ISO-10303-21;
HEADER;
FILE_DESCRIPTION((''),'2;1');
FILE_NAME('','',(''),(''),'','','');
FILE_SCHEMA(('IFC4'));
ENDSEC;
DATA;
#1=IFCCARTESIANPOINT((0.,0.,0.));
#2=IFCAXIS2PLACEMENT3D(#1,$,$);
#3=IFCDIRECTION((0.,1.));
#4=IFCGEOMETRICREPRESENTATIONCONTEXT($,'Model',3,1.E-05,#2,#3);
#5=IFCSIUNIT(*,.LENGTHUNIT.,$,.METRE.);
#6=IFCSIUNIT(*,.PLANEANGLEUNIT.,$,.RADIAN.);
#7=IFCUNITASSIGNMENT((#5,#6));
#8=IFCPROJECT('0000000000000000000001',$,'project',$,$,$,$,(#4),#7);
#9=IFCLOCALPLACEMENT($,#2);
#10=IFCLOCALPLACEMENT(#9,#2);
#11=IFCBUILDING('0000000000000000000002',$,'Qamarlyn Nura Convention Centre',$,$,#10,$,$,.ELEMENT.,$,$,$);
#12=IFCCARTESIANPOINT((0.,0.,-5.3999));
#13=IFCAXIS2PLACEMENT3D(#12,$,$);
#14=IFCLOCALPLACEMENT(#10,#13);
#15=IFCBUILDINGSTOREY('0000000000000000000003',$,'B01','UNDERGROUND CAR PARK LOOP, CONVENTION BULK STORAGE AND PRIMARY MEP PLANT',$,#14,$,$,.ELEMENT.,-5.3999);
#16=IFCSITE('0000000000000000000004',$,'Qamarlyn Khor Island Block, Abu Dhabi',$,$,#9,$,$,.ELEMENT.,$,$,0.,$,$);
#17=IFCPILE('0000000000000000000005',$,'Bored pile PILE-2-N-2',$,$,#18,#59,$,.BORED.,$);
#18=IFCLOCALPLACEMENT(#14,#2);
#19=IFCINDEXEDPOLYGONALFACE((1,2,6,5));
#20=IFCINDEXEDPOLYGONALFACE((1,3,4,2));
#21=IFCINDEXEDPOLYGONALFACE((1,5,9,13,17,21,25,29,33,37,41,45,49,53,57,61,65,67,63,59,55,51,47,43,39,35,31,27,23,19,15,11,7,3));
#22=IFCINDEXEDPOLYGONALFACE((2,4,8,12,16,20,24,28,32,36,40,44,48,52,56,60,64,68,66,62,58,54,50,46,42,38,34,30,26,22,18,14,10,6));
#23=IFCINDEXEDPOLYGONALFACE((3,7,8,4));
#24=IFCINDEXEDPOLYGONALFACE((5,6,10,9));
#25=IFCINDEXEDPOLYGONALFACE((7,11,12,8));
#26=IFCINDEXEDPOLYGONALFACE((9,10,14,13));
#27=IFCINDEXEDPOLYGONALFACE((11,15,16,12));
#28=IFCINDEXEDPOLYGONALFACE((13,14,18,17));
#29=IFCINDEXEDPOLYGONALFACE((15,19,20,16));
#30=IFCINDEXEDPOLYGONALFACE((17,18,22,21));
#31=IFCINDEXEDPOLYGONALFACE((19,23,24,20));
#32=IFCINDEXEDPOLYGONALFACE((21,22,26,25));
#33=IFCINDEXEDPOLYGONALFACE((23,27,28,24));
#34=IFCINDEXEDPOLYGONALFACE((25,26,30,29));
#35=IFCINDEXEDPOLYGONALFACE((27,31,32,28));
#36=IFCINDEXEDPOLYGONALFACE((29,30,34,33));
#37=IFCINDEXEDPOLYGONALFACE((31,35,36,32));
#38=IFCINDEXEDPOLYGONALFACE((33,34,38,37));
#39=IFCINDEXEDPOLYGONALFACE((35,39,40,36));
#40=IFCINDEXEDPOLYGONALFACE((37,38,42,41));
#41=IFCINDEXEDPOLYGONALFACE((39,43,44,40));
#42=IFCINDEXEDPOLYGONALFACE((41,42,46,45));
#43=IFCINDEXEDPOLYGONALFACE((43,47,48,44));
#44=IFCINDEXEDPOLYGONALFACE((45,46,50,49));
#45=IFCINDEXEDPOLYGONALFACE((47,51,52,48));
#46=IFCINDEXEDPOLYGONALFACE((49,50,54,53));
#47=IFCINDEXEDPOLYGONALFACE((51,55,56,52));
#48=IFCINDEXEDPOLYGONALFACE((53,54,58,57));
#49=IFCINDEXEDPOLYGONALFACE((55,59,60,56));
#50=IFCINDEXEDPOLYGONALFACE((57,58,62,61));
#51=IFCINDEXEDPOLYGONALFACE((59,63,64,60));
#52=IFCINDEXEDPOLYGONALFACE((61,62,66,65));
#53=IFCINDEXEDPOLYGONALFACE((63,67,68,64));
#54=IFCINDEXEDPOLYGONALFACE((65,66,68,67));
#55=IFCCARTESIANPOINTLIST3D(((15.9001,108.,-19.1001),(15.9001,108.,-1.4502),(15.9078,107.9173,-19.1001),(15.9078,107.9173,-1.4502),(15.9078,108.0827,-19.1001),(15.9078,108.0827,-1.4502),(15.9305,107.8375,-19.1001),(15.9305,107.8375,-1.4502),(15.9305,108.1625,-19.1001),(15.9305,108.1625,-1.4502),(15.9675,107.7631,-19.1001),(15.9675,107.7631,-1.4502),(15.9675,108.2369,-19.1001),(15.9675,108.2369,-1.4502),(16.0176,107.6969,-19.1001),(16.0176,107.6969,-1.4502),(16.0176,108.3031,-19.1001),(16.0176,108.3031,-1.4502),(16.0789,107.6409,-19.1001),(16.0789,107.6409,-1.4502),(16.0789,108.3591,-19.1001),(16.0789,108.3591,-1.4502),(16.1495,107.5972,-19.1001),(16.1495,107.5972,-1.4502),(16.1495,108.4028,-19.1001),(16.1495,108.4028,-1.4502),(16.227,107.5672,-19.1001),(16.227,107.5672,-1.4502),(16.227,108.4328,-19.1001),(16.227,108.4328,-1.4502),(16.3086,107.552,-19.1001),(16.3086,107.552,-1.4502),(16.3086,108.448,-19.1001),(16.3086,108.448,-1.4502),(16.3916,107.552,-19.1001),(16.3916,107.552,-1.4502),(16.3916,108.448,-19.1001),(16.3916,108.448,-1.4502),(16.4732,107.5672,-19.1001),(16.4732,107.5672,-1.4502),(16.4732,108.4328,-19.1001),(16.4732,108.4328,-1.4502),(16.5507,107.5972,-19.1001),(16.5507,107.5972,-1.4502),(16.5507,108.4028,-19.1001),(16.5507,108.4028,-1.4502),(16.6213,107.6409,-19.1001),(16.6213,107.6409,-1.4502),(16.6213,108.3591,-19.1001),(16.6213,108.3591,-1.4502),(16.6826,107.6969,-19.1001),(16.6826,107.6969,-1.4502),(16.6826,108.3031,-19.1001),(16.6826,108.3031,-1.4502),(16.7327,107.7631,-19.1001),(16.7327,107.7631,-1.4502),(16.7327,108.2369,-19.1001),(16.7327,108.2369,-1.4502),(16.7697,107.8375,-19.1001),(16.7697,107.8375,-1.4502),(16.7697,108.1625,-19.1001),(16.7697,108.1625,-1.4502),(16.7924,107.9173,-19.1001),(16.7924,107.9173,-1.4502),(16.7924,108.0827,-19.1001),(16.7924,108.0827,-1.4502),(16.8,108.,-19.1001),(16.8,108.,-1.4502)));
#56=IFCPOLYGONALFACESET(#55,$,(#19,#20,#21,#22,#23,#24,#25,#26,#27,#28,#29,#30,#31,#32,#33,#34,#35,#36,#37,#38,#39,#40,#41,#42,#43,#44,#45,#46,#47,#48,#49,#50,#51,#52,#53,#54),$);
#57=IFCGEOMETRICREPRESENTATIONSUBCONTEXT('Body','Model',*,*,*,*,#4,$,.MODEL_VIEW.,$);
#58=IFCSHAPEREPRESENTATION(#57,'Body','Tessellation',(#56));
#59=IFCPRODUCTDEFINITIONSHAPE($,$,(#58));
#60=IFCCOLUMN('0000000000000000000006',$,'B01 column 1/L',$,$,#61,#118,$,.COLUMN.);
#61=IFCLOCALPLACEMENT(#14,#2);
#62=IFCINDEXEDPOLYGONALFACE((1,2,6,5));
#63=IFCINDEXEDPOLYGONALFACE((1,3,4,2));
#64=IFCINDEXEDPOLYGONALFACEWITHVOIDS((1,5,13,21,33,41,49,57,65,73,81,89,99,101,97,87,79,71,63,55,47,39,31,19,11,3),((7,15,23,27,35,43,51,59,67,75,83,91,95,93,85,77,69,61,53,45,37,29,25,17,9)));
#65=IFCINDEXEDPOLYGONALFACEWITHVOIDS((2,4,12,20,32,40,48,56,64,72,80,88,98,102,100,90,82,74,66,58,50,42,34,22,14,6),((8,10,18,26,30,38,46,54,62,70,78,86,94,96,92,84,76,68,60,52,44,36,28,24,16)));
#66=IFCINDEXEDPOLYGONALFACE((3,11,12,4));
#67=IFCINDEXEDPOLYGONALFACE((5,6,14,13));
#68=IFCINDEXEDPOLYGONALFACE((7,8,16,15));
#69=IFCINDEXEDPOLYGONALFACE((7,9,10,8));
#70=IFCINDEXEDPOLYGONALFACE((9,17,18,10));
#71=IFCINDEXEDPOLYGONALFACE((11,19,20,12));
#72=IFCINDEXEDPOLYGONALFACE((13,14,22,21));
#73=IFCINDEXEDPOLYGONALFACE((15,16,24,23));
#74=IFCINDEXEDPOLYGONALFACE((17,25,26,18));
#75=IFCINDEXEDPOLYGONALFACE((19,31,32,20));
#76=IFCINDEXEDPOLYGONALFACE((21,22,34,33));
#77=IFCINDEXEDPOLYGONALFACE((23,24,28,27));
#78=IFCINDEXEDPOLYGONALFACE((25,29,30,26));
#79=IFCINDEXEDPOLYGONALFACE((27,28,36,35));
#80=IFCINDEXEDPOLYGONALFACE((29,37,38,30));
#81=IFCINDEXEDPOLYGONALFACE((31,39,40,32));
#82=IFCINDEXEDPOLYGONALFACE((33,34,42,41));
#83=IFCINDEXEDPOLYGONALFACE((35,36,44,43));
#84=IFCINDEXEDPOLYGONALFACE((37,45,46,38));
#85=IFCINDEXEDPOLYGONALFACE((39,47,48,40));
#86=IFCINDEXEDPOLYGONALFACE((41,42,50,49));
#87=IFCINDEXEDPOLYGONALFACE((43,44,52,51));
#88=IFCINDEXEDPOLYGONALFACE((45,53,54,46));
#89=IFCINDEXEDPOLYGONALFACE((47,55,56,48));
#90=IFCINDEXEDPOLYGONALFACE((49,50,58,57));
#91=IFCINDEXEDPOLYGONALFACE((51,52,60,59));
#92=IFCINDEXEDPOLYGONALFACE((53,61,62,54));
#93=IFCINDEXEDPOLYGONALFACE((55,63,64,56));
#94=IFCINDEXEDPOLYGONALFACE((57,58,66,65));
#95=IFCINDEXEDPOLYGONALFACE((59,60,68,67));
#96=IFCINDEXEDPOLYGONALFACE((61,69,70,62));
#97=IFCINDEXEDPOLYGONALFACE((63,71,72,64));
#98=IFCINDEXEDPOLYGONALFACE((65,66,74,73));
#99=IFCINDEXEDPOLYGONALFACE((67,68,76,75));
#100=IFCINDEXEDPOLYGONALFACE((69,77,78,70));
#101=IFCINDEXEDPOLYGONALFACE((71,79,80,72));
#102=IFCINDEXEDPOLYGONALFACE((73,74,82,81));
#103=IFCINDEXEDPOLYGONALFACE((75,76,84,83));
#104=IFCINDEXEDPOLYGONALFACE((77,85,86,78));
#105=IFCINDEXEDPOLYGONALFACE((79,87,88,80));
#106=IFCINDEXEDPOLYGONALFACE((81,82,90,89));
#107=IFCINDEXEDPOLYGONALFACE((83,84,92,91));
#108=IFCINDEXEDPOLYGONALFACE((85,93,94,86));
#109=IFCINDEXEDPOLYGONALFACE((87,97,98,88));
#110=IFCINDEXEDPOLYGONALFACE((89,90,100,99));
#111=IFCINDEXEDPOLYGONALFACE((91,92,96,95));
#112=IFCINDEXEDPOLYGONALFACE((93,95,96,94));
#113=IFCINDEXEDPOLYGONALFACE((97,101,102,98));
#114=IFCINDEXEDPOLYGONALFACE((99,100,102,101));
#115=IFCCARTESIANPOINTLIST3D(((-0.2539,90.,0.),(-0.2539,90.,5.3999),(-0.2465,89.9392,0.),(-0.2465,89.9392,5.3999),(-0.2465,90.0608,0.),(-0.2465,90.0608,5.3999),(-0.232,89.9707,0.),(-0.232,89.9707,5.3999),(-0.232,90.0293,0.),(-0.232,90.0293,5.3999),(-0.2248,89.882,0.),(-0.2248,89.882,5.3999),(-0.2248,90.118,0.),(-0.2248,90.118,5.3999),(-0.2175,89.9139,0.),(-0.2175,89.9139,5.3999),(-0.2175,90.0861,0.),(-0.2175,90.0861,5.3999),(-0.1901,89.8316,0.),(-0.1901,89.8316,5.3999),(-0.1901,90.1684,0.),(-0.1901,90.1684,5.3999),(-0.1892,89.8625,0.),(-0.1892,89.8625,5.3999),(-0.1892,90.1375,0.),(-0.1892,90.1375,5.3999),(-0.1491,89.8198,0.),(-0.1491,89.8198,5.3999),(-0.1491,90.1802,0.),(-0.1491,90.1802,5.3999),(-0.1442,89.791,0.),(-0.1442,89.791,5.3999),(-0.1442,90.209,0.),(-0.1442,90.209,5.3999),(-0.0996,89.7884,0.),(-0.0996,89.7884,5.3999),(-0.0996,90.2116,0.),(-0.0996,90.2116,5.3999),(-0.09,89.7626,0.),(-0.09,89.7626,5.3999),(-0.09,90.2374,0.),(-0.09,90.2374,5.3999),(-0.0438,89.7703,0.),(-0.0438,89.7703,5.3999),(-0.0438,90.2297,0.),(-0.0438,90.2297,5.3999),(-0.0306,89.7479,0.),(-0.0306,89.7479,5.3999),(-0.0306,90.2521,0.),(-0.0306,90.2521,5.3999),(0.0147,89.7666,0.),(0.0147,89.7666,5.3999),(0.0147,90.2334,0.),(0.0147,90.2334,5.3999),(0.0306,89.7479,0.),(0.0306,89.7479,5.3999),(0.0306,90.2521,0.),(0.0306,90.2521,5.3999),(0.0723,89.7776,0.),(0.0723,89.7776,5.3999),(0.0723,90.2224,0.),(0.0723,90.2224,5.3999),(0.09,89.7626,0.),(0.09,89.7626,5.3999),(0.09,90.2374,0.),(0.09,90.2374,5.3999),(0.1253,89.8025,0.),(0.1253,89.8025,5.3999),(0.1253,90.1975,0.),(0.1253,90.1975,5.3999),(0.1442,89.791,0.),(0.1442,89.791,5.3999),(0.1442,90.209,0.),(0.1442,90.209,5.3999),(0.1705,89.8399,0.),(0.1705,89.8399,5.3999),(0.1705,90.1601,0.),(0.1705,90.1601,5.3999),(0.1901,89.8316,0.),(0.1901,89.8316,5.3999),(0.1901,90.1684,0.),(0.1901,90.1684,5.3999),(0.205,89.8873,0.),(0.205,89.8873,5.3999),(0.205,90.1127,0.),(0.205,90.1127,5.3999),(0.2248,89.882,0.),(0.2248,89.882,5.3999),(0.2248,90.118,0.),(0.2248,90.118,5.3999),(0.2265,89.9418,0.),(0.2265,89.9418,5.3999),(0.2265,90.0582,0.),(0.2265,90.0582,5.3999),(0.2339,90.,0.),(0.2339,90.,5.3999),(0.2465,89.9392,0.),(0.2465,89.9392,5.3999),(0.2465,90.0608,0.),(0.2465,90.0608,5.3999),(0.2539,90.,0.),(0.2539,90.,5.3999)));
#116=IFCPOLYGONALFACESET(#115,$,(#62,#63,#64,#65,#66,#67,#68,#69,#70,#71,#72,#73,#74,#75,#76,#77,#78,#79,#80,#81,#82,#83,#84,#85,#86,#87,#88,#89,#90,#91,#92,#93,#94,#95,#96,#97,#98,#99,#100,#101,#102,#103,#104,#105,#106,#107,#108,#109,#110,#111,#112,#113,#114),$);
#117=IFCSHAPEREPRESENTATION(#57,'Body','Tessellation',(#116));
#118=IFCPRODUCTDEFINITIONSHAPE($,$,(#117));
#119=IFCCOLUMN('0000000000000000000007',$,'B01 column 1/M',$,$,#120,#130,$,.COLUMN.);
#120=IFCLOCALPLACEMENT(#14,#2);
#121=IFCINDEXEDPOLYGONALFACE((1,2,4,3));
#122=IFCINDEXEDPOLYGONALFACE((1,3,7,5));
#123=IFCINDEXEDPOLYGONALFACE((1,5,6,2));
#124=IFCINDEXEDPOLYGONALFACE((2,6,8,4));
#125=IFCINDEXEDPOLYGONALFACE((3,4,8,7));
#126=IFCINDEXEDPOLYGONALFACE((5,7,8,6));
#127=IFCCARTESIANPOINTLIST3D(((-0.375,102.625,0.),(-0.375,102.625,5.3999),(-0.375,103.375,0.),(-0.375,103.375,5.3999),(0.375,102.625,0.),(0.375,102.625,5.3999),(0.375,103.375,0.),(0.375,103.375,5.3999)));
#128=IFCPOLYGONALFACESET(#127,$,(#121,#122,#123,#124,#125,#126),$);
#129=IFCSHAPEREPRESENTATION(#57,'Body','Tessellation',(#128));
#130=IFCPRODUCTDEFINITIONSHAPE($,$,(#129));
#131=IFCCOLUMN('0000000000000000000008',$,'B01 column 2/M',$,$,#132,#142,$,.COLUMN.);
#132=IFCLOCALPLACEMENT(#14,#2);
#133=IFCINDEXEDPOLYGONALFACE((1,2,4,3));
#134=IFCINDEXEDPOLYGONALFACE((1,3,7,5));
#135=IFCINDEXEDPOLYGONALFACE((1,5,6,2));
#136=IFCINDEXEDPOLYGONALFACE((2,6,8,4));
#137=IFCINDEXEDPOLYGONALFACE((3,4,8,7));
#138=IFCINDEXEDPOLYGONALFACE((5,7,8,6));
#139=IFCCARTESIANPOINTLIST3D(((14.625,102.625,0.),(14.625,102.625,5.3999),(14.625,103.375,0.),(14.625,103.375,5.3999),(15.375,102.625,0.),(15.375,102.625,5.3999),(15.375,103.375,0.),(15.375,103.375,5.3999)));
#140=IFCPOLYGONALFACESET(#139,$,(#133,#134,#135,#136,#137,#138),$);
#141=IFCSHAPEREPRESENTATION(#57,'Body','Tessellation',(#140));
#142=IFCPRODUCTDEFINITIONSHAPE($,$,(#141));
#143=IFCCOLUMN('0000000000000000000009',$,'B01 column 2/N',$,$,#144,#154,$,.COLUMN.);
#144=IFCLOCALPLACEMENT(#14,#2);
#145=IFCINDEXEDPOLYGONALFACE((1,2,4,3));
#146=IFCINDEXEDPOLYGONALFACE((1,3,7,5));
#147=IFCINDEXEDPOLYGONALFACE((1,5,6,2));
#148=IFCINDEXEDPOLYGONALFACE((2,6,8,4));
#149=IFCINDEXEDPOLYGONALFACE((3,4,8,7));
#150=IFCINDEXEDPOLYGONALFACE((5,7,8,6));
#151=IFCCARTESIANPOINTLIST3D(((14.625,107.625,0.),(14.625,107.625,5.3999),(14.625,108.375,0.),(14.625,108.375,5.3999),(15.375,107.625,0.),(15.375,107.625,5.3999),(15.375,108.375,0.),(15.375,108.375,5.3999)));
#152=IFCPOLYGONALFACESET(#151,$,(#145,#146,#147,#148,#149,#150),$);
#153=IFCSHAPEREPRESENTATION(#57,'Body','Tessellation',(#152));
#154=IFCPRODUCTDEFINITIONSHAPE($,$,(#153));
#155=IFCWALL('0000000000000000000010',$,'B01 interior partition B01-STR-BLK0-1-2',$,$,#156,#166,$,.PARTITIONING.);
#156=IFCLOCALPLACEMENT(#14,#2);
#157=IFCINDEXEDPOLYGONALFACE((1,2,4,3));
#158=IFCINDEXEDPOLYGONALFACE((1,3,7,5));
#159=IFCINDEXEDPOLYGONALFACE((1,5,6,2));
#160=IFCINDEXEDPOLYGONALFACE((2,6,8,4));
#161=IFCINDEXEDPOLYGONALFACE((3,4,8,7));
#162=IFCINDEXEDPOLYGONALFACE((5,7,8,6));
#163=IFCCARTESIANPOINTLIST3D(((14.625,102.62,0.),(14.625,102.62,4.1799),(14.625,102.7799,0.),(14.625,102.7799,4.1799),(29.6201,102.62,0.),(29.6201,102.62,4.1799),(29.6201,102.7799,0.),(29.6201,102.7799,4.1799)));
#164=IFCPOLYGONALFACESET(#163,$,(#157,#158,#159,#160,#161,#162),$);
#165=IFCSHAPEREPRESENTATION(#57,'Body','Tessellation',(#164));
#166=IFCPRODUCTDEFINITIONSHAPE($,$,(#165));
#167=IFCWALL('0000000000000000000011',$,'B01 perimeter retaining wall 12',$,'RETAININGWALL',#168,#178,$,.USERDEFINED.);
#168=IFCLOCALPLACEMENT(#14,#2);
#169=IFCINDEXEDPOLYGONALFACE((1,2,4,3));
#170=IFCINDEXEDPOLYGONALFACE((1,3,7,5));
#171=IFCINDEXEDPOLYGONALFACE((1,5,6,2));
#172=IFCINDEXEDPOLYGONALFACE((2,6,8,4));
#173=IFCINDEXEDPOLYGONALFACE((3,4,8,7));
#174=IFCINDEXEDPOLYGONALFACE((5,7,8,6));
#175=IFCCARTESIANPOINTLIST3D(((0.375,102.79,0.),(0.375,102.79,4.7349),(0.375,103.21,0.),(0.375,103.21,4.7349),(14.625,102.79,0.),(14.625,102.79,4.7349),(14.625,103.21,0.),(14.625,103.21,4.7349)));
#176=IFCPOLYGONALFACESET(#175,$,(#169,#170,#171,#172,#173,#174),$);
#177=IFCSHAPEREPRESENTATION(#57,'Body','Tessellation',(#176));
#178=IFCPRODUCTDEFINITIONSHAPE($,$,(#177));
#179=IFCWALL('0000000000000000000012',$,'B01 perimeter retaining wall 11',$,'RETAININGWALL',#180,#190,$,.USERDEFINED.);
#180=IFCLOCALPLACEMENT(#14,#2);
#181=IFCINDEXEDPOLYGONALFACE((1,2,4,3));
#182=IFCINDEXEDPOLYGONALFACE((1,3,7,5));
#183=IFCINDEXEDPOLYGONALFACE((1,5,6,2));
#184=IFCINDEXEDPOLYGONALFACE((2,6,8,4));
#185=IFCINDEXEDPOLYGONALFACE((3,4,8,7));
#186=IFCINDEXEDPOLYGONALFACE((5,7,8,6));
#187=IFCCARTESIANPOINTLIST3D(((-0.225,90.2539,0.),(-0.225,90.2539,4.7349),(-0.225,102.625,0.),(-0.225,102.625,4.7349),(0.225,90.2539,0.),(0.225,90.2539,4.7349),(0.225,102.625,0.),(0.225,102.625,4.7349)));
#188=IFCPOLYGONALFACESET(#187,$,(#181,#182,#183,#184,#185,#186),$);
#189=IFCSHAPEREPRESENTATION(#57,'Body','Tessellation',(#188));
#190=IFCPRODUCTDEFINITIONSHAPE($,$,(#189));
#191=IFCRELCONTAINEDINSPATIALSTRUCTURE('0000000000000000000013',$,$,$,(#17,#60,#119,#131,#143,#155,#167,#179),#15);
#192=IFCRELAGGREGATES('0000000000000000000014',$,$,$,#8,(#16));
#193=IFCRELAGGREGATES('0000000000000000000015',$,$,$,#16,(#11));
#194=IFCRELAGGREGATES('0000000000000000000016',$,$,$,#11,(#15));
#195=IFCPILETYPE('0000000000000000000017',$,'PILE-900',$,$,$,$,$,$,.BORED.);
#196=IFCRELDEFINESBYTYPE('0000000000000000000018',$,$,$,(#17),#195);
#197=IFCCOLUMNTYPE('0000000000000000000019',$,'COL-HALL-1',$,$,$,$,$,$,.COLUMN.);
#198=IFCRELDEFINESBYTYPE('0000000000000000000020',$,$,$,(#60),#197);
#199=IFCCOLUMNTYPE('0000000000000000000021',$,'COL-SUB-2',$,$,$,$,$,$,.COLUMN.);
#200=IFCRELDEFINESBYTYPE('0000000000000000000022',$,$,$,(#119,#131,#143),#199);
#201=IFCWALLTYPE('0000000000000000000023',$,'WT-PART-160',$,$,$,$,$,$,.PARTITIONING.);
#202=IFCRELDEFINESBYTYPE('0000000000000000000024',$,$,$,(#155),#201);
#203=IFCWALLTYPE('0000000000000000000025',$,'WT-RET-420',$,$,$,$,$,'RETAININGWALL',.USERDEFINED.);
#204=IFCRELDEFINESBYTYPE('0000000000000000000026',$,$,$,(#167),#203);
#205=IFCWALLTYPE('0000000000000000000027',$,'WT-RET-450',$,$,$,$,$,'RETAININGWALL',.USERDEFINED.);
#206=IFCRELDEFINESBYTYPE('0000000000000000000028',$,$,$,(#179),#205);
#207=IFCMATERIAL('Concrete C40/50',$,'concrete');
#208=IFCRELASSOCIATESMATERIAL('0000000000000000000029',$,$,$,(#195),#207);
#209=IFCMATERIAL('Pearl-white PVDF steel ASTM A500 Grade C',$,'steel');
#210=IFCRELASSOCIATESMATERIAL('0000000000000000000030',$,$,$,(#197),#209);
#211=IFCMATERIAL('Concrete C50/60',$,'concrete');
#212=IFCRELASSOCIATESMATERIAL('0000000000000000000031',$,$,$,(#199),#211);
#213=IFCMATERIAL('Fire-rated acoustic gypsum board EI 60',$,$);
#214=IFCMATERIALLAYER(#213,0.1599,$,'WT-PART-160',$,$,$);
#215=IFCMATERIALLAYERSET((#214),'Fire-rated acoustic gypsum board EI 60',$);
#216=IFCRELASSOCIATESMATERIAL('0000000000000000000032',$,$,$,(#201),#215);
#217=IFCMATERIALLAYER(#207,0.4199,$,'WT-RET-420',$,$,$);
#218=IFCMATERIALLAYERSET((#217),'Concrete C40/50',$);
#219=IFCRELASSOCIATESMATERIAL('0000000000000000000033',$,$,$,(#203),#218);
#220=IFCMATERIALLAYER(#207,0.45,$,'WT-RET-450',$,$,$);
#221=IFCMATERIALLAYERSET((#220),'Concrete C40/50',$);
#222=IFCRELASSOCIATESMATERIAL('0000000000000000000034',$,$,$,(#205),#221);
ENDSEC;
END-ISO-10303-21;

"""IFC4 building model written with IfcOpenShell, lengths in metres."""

from ifc_helpers import new_model, si_unit, direction, frame, frame_2d, origin, origin_2d, place, context, subcontext, project, spatial, rectangle, circle, hollow_circle, extrude, material, layer, layer_set, material_profile, profile_set, type_object, element, save


model = new_model("IFC4")

# Units and contexts
model_context = context("Model", 3, precision=1e-05, world=origin(), true_north=direction((0.0, 1.0)))
body_context = subcontext(model_context, "Body", "Model", "MODEL_VIEW")
ifc_project = project(units=[si_unit("LENGTHUNIT", "METRE"), si_unit("PLANEANGLEUNIT", "RADIAN")], contexts=[model_context])

# Site, building, storey
site_placement = place(None, origin())
site = spatial("IfcSite", under=ifc_project, at=site_placement, Name="Qamarlyn Khor Island Block, Abu Dhabi", CompositionType="ELEMENT", RefElevation=0.0)
building_placement = place(site_placement, origin())
building = spatial("IfcBuilding", under=site, at=building_placement, Name="Qamarlyn Nura Convention Centre", CompositionType="ELEMENT")
storey_placement = place(building_placement, frame((0.0, 0.0, -5.3999)))
storey = spatial("IfcBuildingStorey", under=building, at=storey_placement, Name="B01", Description="UNDERGROUND CAR PARK LOOP, CONVENTION BULK STORAGE AND PRIMARY MEP PLANT", CompositionType="ELEMENT", Elevation=-5.3999)

# Shared definitions
ifc_material_1 = material(Name="Concrete C40/50", Category="concrete")

# Pile
ifc_material_profile_1 = material_profile(ifc_material_1, circle(Radius=0.45, at=origin_2d()), Name="BORED PILE 900")
ifc_profile_set_1 = profile_set([ifc_material_profile_1], Name="Concrete C40/50")
pile_type_1 = type_object("IfcPileType", Name="PILE-900", PredefinedType="BORED", material=ifc_profile_set_1)
for number, where, z_axis, x_axis, name in (
    (1, (16.3501, 108.0, -1.4502), (0.0, 0.0, -1.0), (1.0, 0.0, 0.0), "Bored pile PILE-2-N-2"),
):
    element("IfcPile", number, at=place(storey_placement, frame(where, z_axis=z_axis, x_axis=x_axis)), inside=storey, type_object=pile_type_1, Name=name, PredefinedType="BORED", context=body_context, shape_type="SweptSolid", body=[
        extrude(circle(Radius=0.45, at=origin_2d()), origin(), (0.0, 0.0, 1.0), 17.6499),
    ])

# Columns
ifc_material_2 = material(Name="Pearl-white PVDF steel ASTM A500 Grade C", Category="steel")
ifc_material_profile_2 = material_profile(ifc_material_2, hollow_circle(Radius=0.2539, WallThickness=0.02, at=origin_2d()), Name="CHS508X20")
ifc_profile_set_2 = profile_set([ifc_material_profile_2], Name="Pearl-white PVDF steel ASTM A500 Grade C")
column_type_1 = type_object("IfcColumnType", Name="COL-HALL-1", PredefinedType="COLUMN", material=ifc_profile_set_2)
column_placement = place(storey_placement, frame((0.0, 90.0, 0.0), z_axis=(0.0, 0.0, 1.0), x_axis=(1.0, 0.0, 0.0)))
element("IfcColumn", 2, at=column_placement, inside=storey, type_object=column_type_1, Name="B01 column 1/L", PredefinedType="COLUMN", context=body_context, shape_type="SweptSolid", body=[
    extrude(hollow_circle(Radius=0.2539, WallThickness=0.02, at=origin_2d()), origin(), (0.0, 0.0, 1.0), 5.3999),
])
ifc_material_3 = material(Name="Concrete C50/60", Category="concrete")
ifc_material_profile_3 = material_profile(ifc_material_3, rectangle(XDim=0.75, YDim=0.75, at=origin_2d()), Name="RC 750x750")
ifc_profile_set_3 = profile_set([ifc_material_profile_3], Name="Concrete C50/60")
column_type_2 = type_object("IfcColumnType", Name="COL-SUB-2", PredefinedType="COLUMN", material=ifc_profile_set_3)
for number, where, z_axis, x_axis, name in (
    (3, (0.0, 103.0, 0.0), (0.0, 0.0, 1.0), (1.0, 0.0, 0.0), "B01 column 1/M"),
    (4, (15.0, 103.0, 0.0), (0.0, 0.0, 1.0), (1.0, 0.0, 0.0), "B01 column 2/M"),
    (5, (15.0, 108.0, 0.0), (0.0, 0.0, 1.0), (1.0, 0.0, 0.0), "B01 column 2/N"),
):
    element("IfcColumn", number, at=place(storey_placement, frame(where, z_axis=z_axis, x_axis=x_axis)), inside=storey, type_object=column_type_2, Name=name, PredefinedType="COLUMN", context=body_context, shape_type="SweptSolid", body=[
        extrude(rectangle(XDim=0.75, YDim=0.75, at=origin_2d()), origin(), (0.0, 0.0, 1.0), 5.3999),
    ])

# Walls
ifc_material_4 = material(Name="Fire-rated acoustic gypsum board EI 60")
ifc_layer_1 = layer(ifc_material_4, 0.1599, Name="WT-PART-160")
ifc_layer_set_1 = layer_set([ifc_layer_1], Name="Fire-rated acoustic gypsum board EI 60")
wall_type_1 = type_object("IfcWallType", Name="WT-PART-160", PredefinedType="PARTITIONING", material=ifc_layer_set_1)
wall_1_placement = place(storey_placement, frame((14.625, 102.7, 0.0), z_axis=(0.0, 0.0, 1.0), x_axis=(1.0, 0.0, 0.0)))
element("IfcWall", 6, at=wall_1_placement, inside=storey, type_object=wall_type_1, Name="B01 interior partition B01-STR-BLK0-1-2", PredefinedType="PARTITIONING", context=body_context, shape_type="SweptSolid", body=[
    extrude(rectangle(XDim=14.9951, YDim=0.1599, at=frame_2d((7.4976, 0.0))), origin(), (0.0, 0.0, 1.0), 4.1799),
])
ifc_layer_2 = layer(ifc_material_1, 0.4199, Name="WT-RET-420")
ifc_layer_set_2 = layer_set([ifc_layer_2], Name="Concrete C40/50")
wall_type_2 = type_object("IfcWallType", Name="WT-RET-420", ElementType="RETAININGWALL", PredefinedType="USERDEFINED", material=ifc_layer_set_2)
wall_2_placement = place(storey_placement, frame((0.375, 103.0, 0.0), z_axis=(0.0, 0.0, 1.0), x_axis=(1.0, 0.0, 0.0)))
element("IfcWall", 7, at=wall_2_placement, inside=storey, type_object=wall_type_2, Name="B01 perimeter retaining wall 12", ObjectType="RETAININGWALL", PredefinedType="USERDEFINED", context=body_context, shape_type="SweptSolid", body=[
    extrude(rectangle(XDim=14.25, YDim=0.4199, at=frame_2d((7.125, 0.0))), origin(), (0.0, 0.0, 1.0), 4.7349),
])
ifc_layer_3 = layer(ifc_material_1, 0.45, Name="WT-RET-450")
ifc_layer_set_3 = layer_set([ifc_layer_3], Name="Concrete C40/50")
wall_type_3 = type_object("IfcWallType", Name="WT-RET-450", ElementType="RETAININGWALL", PredefinedType="USERDEFINED", material=ifc_layer_set_3)
wall_3_placement = place(storey_placement, frame((0.0, 90.2539, 0.0), z_axis=(0.0, 0.0, 1.0), x_axis=(0.0, 1.0, 0.0)))
element("IfcWall", 8, at=wall_3_placement, inside=storey, type_object=wall_type_3, Name="B01 perimeter retaining wall 11", ObjectType="RETAININGWALL", PredefinedType="USERDEFINED", context=body_context, shape_type="SweptSolid", body=[
    extrude(rectangle(XDim=12.3711, YDim=0.45, at=frame_2d((6.1855, 0.0))), origin(), (0.0, 0.0, 1.0), 4.7349),
])

save(model, "model.ifc")
